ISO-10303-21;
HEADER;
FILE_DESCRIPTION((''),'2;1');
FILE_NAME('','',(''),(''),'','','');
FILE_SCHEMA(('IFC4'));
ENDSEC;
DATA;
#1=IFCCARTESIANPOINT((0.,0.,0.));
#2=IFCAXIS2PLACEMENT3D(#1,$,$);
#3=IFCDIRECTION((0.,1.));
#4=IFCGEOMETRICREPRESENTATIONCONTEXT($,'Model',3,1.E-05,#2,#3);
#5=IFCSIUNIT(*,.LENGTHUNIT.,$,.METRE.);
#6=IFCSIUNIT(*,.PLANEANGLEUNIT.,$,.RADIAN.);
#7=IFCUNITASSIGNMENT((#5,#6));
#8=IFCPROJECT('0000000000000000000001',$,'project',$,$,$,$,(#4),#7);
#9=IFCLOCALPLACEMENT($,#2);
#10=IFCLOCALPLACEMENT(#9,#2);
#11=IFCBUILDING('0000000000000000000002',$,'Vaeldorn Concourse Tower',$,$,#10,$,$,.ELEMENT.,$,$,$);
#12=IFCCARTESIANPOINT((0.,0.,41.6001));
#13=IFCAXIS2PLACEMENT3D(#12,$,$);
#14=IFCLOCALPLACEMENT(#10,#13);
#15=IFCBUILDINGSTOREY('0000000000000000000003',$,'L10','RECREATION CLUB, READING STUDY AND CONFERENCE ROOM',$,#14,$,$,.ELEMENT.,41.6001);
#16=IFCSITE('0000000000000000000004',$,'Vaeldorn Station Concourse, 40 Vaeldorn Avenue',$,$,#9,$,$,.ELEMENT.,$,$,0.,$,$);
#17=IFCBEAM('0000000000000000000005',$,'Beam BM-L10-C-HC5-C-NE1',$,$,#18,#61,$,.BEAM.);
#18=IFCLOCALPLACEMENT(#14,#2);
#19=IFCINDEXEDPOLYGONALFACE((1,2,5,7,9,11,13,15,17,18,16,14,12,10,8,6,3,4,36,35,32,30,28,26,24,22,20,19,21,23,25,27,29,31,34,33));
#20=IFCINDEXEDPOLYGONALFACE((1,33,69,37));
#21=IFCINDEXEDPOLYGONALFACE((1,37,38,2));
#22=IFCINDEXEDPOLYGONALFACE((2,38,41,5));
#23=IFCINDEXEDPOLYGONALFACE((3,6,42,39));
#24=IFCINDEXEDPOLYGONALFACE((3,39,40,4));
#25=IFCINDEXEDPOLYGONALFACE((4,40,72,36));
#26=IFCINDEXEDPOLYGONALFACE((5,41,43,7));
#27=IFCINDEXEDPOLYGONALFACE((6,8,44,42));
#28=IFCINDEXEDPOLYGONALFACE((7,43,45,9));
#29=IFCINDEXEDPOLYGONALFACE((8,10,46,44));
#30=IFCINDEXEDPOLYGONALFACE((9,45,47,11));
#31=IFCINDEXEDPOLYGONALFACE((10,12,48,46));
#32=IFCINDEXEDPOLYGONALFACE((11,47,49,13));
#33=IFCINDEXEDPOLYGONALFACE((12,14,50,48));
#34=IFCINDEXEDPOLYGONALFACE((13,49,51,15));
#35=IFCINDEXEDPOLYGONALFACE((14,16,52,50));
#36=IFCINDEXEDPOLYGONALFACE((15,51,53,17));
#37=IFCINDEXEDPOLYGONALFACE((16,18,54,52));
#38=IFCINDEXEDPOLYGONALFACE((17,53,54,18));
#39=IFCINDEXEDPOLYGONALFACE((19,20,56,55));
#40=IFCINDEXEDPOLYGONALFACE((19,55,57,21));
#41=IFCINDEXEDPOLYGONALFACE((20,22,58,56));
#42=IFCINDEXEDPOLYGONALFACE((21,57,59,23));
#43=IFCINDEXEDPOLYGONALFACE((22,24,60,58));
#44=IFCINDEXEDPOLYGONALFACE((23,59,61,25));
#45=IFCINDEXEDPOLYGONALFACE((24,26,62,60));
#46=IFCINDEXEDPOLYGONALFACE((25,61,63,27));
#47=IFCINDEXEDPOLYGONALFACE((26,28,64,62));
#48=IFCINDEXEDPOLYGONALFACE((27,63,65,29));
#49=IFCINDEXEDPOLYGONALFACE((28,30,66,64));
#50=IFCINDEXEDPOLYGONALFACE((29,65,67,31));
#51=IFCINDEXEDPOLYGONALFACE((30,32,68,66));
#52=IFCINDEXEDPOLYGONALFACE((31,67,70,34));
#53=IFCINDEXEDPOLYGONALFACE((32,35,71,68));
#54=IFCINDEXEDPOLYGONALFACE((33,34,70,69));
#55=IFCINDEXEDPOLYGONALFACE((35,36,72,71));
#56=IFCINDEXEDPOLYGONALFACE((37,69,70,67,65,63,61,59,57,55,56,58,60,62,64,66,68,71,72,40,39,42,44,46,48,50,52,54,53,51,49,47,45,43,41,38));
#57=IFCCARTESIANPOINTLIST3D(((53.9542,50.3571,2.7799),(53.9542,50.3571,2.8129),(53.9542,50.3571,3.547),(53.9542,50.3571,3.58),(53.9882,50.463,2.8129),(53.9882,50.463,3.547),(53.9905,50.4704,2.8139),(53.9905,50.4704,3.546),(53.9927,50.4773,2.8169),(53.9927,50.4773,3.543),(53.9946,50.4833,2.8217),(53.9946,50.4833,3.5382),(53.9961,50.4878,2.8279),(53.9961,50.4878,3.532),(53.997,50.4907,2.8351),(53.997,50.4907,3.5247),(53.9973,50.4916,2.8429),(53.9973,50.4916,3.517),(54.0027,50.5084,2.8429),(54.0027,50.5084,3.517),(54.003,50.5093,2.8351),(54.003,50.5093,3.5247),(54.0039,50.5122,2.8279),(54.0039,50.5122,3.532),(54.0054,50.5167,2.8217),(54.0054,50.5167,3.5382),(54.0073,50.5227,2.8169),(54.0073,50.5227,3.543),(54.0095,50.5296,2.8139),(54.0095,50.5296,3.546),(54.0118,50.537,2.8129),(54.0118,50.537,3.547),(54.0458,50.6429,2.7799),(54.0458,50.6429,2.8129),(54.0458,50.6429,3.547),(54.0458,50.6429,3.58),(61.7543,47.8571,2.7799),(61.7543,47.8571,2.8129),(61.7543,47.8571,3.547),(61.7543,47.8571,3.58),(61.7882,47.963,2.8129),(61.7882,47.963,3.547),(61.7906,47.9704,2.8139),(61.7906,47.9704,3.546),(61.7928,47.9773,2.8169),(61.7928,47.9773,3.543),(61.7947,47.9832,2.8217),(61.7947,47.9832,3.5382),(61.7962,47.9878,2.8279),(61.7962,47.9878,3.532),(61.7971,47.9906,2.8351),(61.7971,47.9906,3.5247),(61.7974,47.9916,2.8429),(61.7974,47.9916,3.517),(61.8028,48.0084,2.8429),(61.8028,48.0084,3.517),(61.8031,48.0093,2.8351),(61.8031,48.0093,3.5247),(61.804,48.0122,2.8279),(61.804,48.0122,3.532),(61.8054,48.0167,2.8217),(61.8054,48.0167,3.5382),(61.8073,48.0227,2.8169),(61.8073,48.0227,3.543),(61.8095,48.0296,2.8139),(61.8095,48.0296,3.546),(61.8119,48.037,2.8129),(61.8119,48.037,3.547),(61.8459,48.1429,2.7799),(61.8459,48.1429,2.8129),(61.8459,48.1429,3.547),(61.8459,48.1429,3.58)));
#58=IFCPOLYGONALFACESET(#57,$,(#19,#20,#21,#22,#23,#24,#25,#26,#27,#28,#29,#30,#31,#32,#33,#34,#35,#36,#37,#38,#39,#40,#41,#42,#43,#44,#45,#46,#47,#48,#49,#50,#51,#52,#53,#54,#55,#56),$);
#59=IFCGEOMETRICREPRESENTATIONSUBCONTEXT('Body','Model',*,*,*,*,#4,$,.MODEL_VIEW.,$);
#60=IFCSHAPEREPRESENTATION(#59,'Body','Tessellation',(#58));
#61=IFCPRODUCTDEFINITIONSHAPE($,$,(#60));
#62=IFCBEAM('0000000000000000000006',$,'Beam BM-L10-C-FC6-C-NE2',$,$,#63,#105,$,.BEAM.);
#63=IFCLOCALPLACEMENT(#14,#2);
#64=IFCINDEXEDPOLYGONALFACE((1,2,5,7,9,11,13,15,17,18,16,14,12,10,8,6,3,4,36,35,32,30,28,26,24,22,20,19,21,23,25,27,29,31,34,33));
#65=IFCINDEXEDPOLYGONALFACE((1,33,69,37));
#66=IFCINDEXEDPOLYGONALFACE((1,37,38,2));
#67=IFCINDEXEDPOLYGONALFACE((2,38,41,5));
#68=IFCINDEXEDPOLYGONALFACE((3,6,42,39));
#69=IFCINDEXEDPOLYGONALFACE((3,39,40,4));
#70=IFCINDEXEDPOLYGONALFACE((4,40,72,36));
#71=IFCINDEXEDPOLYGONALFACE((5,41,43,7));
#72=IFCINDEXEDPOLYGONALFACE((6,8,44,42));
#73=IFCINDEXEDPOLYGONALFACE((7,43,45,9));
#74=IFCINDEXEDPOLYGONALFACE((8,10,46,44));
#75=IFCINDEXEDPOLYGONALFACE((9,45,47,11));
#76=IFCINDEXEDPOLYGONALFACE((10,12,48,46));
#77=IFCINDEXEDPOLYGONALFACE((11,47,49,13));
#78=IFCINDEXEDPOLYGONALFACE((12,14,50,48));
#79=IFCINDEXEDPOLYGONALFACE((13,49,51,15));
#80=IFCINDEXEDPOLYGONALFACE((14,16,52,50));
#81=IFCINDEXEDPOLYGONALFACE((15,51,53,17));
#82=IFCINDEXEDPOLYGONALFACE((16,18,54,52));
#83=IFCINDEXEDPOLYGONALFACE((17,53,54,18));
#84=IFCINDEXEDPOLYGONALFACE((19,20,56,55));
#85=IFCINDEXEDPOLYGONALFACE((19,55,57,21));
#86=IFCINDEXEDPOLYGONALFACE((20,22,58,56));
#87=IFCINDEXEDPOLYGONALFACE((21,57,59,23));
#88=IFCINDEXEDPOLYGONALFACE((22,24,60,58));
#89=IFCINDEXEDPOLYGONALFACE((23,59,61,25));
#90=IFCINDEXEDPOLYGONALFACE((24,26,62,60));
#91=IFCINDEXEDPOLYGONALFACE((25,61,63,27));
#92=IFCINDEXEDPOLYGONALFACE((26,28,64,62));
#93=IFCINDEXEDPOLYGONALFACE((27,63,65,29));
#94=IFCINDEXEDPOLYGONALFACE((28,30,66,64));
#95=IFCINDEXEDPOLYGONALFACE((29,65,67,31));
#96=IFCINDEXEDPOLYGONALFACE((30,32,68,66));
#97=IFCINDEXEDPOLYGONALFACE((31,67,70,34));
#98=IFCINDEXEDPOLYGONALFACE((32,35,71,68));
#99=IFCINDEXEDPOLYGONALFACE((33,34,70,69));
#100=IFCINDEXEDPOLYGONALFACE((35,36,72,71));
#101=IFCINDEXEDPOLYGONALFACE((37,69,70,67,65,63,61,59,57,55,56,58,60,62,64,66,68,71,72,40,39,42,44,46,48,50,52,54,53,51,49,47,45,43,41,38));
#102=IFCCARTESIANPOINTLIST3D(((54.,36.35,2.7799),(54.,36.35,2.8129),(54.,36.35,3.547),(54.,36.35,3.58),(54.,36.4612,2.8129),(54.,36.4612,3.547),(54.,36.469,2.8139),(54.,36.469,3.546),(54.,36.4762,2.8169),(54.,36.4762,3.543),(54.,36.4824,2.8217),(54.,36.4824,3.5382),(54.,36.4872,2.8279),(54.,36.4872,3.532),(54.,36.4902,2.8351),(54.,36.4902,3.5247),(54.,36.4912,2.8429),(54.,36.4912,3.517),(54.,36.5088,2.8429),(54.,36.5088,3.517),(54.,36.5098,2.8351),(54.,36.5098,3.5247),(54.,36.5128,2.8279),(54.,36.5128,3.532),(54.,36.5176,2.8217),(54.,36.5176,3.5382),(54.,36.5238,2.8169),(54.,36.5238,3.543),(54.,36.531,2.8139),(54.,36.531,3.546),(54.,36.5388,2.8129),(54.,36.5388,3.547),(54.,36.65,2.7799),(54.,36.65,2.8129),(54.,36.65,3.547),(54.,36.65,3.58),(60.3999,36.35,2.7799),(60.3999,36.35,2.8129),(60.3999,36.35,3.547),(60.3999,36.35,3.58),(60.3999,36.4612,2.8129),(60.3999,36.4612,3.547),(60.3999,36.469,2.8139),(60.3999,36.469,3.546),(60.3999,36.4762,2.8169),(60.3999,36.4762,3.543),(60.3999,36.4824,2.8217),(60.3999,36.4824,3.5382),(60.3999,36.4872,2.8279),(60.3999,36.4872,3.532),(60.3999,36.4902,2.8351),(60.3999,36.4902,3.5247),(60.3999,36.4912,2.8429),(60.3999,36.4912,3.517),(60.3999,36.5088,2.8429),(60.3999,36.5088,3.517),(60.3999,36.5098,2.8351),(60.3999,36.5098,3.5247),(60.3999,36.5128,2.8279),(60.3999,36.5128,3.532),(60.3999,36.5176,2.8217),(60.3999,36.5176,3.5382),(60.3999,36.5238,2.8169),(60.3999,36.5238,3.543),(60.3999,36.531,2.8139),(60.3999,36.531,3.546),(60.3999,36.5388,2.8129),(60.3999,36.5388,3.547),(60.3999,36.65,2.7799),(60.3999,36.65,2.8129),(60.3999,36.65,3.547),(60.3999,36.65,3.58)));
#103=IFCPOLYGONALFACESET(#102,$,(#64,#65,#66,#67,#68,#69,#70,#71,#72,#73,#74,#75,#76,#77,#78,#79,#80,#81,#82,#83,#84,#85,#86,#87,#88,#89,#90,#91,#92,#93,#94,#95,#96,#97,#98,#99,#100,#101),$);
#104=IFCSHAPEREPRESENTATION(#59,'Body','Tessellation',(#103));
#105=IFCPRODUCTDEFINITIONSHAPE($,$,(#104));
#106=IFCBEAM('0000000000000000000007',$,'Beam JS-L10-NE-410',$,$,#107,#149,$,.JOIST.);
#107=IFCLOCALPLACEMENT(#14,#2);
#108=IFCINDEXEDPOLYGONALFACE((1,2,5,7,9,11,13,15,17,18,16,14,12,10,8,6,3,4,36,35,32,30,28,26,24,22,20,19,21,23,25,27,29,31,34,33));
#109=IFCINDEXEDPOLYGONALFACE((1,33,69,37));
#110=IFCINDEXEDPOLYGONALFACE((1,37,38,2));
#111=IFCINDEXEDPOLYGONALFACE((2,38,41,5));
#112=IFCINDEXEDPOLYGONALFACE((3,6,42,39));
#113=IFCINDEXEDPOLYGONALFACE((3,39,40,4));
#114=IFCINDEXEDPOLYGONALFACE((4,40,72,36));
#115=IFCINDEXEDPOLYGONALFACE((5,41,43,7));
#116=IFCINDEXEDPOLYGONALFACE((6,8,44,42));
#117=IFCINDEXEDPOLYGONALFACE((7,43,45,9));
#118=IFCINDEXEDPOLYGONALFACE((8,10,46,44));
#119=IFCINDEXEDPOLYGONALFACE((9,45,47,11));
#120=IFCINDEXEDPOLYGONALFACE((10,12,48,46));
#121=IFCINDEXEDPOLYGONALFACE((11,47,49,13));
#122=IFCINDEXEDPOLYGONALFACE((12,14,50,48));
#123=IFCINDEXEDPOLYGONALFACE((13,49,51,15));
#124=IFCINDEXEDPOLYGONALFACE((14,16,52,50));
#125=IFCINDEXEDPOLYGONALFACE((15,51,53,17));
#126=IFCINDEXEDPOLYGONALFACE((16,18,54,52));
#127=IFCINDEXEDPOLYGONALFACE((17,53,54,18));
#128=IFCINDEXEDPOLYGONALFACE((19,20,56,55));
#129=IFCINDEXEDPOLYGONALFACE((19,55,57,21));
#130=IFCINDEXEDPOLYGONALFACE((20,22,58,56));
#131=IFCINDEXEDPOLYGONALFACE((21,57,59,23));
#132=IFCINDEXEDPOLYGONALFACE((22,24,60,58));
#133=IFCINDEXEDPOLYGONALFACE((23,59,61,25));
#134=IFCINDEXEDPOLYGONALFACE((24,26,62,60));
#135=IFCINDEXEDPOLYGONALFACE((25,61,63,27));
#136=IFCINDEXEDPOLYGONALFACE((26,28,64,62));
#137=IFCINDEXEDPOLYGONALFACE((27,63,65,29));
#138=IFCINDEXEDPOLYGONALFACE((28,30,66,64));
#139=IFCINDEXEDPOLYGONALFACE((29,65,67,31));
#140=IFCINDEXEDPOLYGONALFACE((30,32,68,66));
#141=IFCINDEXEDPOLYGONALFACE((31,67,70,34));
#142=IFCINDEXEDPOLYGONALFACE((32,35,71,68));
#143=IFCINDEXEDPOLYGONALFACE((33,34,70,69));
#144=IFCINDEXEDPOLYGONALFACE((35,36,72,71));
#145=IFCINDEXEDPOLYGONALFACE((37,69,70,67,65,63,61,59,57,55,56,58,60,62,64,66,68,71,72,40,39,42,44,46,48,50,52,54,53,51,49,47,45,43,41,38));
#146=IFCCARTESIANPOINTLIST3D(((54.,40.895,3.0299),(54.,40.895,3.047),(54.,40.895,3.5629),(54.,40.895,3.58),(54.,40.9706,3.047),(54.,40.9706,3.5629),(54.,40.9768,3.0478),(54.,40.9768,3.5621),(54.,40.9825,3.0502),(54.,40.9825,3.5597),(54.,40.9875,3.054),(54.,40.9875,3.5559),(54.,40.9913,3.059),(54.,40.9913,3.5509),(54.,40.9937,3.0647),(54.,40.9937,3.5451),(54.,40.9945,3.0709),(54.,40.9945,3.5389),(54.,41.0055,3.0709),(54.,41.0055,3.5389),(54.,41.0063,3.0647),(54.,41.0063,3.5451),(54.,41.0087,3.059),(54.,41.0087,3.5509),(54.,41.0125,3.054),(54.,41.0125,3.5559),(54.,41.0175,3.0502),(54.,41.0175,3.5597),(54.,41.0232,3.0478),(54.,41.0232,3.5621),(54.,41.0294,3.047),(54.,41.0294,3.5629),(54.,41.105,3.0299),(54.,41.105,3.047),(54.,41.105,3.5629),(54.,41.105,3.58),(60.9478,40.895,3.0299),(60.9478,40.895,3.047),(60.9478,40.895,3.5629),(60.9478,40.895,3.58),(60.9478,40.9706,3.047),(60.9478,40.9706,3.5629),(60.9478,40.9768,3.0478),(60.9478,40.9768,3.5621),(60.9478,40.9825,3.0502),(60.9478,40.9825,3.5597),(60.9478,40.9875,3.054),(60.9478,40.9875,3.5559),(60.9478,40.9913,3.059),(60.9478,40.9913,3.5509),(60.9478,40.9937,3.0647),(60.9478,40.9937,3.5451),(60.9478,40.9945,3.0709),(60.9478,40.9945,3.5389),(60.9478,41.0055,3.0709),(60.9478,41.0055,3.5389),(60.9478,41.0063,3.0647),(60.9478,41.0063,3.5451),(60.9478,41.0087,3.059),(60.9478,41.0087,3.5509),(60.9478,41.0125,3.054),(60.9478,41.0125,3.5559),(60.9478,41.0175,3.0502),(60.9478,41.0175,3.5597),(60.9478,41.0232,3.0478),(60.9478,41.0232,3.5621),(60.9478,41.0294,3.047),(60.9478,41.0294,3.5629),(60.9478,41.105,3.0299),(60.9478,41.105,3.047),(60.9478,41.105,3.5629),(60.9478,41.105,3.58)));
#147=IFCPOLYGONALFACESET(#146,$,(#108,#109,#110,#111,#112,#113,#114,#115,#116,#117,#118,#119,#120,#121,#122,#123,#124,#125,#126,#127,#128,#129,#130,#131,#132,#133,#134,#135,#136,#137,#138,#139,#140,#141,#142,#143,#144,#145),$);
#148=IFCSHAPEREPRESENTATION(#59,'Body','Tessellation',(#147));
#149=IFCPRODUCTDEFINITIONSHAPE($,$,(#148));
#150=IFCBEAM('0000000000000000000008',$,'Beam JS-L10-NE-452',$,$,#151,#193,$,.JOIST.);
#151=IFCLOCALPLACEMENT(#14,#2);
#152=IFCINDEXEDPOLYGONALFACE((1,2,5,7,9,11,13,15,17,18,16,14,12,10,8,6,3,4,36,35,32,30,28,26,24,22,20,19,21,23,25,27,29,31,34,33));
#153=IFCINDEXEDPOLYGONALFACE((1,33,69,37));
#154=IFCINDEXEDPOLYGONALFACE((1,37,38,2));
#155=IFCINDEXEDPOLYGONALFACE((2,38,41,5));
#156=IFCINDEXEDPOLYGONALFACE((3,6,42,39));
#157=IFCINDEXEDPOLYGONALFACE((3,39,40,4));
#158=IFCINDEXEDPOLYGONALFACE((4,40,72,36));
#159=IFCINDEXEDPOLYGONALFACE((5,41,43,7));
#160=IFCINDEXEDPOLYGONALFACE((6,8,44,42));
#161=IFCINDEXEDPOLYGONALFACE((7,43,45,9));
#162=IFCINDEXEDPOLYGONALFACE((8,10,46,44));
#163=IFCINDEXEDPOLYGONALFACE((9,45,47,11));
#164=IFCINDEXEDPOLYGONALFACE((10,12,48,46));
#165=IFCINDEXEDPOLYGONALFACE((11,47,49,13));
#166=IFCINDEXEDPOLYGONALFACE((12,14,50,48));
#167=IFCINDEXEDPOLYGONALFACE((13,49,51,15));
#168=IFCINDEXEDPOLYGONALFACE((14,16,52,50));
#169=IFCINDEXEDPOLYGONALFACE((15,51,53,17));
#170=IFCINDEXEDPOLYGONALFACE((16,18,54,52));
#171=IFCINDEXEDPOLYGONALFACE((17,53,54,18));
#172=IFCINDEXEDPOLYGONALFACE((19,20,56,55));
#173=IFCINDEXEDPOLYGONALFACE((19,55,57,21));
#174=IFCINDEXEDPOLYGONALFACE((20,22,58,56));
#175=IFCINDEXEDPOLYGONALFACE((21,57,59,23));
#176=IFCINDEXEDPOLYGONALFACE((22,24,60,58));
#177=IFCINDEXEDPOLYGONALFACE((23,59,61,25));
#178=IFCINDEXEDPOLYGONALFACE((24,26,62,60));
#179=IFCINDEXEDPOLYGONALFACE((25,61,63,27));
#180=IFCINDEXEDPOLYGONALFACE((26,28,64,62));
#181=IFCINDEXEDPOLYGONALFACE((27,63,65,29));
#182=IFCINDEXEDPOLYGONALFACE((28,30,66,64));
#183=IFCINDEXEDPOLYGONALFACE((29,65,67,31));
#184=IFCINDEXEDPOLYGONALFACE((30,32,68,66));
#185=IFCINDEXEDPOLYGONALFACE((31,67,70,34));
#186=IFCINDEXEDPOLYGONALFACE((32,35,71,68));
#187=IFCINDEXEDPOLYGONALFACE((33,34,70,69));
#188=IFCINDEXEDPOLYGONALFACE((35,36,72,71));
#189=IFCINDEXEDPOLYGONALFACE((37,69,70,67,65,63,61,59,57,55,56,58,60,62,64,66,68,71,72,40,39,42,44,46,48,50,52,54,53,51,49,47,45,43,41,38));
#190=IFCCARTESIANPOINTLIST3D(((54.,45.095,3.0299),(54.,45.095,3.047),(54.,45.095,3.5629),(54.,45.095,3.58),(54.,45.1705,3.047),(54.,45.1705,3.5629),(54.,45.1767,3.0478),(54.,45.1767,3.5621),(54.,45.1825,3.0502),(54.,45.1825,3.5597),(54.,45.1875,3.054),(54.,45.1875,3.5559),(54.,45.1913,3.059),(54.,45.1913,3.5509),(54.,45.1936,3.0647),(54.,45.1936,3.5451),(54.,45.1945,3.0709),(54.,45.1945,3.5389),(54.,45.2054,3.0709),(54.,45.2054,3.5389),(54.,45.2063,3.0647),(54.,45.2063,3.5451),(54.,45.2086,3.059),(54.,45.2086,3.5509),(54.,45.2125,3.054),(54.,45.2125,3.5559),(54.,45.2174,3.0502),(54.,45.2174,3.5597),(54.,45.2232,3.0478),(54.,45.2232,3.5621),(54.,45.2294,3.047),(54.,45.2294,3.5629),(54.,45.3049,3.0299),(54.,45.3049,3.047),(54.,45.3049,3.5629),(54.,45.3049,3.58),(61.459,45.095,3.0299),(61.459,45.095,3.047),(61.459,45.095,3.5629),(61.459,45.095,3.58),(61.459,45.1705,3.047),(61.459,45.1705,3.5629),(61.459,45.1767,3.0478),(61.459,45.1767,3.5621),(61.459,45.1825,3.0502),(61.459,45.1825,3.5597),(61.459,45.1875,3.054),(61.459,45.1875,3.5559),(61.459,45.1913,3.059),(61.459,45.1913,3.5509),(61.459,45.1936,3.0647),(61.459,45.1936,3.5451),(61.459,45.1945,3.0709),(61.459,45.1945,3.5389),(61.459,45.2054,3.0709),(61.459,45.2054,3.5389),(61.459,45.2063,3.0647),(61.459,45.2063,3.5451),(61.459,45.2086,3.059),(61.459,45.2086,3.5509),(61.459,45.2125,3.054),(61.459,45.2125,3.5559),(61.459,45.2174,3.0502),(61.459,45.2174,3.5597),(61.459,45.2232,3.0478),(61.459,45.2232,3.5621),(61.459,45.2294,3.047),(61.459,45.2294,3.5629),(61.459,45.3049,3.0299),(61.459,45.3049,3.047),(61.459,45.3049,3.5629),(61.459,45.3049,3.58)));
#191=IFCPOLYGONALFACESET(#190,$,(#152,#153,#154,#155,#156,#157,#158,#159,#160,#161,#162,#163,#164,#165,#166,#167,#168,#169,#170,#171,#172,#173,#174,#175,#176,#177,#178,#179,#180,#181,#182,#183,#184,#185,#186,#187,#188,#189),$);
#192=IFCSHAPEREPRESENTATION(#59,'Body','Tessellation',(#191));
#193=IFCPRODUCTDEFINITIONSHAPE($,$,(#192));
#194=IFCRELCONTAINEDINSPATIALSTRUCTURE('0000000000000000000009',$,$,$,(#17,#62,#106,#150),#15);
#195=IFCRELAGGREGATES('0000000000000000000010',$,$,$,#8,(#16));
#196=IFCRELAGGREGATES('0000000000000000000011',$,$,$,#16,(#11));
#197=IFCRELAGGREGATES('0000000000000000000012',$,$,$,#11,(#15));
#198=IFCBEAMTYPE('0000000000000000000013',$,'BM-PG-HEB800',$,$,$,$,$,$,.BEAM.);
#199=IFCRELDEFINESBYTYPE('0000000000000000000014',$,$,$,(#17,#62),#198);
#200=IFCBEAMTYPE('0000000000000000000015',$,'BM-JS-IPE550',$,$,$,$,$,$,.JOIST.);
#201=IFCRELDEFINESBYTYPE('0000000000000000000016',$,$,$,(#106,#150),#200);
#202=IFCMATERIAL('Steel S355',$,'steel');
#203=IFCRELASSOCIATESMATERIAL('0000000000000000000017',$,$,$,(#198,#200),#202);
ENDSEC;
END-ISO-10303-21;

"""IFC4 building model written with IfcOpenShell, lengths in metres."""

from ifc_helpers import new_model, si_unit, direction, frame, origin, origin_2d, place, context, subcontext, project, spatial, i_section, extrude, source, transform, mapped, material, material_profile, profile_set, type_object, element, save


model = new_model("IFC4")

# Units and contexts
model_context = context("Model", 3, precision=1e-05, world=origin(), true_north=direction((0.0, 1.0)))
body_context = subcontext(model_context, "Body", "Model", "MODEL_VIEW")
ifc_project = project(units=[si_unit("LENGTHUNIT", "METRE"), si_unit("PLANEANGLEUNIT", "RADIAN")], contexts=[model_context])

# Site, building, storey
site_placement = place(None, origin())
site = spatial("IfcSite", under=ifc_project, at=site_placement, Name="Vaeldorn Station Concourse, 40 Vaeldorn Avenue", CompositionType="ELEMENT", RefElevation=0.0)
building_placement = place(site_placement, origin())
building = spatial("IfcBuilding", under=site, at=building_placement, Name="Vaeldorn Concourse Tower", CompositionType="ELEMENT")
storey_placement = place(building_placement, frame((0.0, 0.0, 41.6001)))
storey = spatial("IfcBuildingStorey", under=building, at=storey_placement, Name="L10", Description="RECREATION CLUB, READING STUDY AND CONFERENCE ROOM", CompositionType="ELEMENT", Elevation=41.6001)

# Beams
ifc_material_1 = material(Name="Steel S355", Category="steel")
ifc_material_profile_1 = material_profile(ifc_material_1, i_section(OverallWidth=0.3, OverallDepth=0.8, WebThickness=0.0176, FlangeThickness=0.033, FilletRadius=0.03, at=origin_2d()), Name="HEB 800")
ifc_profile_set_1 = profile_set([ifc_material_profile_1], Name="Steel S355")
beam_type_1 = type_object("IfcBeamType", Name="BM-PG-HEB800", PredefinedType="BEAM", material=ifc_profile_set_1)
shared_shape_1 = source(origin(), body_context, "Body", "SweptSolid", [
    extrude(i_section(OverallWidth=0.3, OverallDepth=0.8, WebThickness=0.0176, FlangeThickness=0.033, FilletRadius=0.03, at=origin_2d()), origin(), (0.0, 0.0, 1.0), 8.1909),
])
beam_1_placement = place(storey_placement, frame((54.0, 50.5, 3.1799), z_axis=(0.952283, -0.305217, 0.0), x_axis=(0.305217, 0.952283, 0.0)))
element("IfcBeam", 1, at=beam_1_placement, inside=storey, type_object=beam_type_1, Name="Beam BM-L10-C-HC5-C-NE1", PredefinedType="BEAM", context=body_context, shape_type="MappedRepresentation", body=[
    mapped(shared_shape_1, transform((0.0, 0.0, 0.0), scale=1.0)),
])
shared_shape_2 = source(origin(), body_context, "Body", "SweptSolid", [
    extrude(i_section(OverallWidth=0.3, OverallDepth=0.8, WebThickness=0.0176, FlangeThickness=0.033, FilletRadius=0.03, at=origin_2d()), origin(), (0.0, 0.0, 1.0), 6.3999),
])
beam_2_placement = place(storey_placement, frame((54.0, 36.5, 3.1799), z_axis=(1.0, 0.0, 0.0), x_axis=(0.0, 1.0, 0.0)))
element("IfcBeam", 2, at=beam_2_placement, inside=storey, type_object=beam_type_1, Name="Beam BM-L10-C-FC6-C-NE2", PredefinedType="BEAM", context=body_context, shape_type="MappedRepresentation", body=[
    mapped(shared_shape_2, transform((0.0, 0.0, 0.0), scale=1.0)),
])
ifc_material_profile_2 = material_profile(ifc_material_1, i_section(OverallWidth=0.21, OverallDepth=0.55, WebThickness=0.011, FlangeThickness=0.0171, FilletRadius=0.0239, at=origin_2d()), Name="IPE 550")
ifc_profile_set_2 = profile_set([ifc_material_profile_2], Name="Steel S355")
beam_type_2 = type_object("IfcBeamType", Name="BM-JS-IPE550", PredefinedType="JOIST", material=ifc_profile_set_2)
shared_shape_3 = source(origin(), body_context, "Body", "SweptSolid", [
    extrude(i_section(OverallWidth=0.21, OverallDepth=0.55, WebThickness=0.011, FlangeThickness=0.0171, FilletRadius=0.0239, at=origin_2d()), origin(), (0.0, 0.0, 1.0), 6.9478),
])
beam_3_placement = place(storey_placement, frame((54.0, 41.0, 3.3049), z_axis=(1.0, 0.0, 0.0), x_axis=(0.0, 1.0, 0.0)))
element("IfcBeam", 3, at=beam_3_placement, inside=storey, type_object=beam_type_2, Name="Beam JS-L10-NE-410", PredefinedType="JOIST", context=body_context, shape_type="MappedRepresentation", body=[
    mapped(shared_shape_3, transform((0.0, 0.0, 0.0), scale=1.0)),
])
shared_shape_4 = source(origin(), body_context, "Body", "SweptSolid", [
    extrude(i_section(OverallWidth=0.21, OverallDepth=0.55, WebThickness=0.011, FlangeThickness=0.0171, FilletRadius=0.0239, at=origin_2d()), origin(), (0.0, 0.0, 1.0), 7.459),
])
beam_4_placement = place(storey_placement, frame((54.0, 45.2, 3.3049), z_axis=(1.0, 0.0, 0.0), x_axis=(0.0, 1.0, 0.0)))
element("IfcBeam", 4, at=beam_4_placement, inside=storey, type_object=beam_type_2, Name="Beam JS-L10-NE-452", PredefinedType="JOIST", context=body_context, shape_type="MappedRepresentation", body=[
    mapped(shared_shape_4, transform((0.0, 0.0, 0.0), scale=1.0)),
])

save(model, "model.ifc")
